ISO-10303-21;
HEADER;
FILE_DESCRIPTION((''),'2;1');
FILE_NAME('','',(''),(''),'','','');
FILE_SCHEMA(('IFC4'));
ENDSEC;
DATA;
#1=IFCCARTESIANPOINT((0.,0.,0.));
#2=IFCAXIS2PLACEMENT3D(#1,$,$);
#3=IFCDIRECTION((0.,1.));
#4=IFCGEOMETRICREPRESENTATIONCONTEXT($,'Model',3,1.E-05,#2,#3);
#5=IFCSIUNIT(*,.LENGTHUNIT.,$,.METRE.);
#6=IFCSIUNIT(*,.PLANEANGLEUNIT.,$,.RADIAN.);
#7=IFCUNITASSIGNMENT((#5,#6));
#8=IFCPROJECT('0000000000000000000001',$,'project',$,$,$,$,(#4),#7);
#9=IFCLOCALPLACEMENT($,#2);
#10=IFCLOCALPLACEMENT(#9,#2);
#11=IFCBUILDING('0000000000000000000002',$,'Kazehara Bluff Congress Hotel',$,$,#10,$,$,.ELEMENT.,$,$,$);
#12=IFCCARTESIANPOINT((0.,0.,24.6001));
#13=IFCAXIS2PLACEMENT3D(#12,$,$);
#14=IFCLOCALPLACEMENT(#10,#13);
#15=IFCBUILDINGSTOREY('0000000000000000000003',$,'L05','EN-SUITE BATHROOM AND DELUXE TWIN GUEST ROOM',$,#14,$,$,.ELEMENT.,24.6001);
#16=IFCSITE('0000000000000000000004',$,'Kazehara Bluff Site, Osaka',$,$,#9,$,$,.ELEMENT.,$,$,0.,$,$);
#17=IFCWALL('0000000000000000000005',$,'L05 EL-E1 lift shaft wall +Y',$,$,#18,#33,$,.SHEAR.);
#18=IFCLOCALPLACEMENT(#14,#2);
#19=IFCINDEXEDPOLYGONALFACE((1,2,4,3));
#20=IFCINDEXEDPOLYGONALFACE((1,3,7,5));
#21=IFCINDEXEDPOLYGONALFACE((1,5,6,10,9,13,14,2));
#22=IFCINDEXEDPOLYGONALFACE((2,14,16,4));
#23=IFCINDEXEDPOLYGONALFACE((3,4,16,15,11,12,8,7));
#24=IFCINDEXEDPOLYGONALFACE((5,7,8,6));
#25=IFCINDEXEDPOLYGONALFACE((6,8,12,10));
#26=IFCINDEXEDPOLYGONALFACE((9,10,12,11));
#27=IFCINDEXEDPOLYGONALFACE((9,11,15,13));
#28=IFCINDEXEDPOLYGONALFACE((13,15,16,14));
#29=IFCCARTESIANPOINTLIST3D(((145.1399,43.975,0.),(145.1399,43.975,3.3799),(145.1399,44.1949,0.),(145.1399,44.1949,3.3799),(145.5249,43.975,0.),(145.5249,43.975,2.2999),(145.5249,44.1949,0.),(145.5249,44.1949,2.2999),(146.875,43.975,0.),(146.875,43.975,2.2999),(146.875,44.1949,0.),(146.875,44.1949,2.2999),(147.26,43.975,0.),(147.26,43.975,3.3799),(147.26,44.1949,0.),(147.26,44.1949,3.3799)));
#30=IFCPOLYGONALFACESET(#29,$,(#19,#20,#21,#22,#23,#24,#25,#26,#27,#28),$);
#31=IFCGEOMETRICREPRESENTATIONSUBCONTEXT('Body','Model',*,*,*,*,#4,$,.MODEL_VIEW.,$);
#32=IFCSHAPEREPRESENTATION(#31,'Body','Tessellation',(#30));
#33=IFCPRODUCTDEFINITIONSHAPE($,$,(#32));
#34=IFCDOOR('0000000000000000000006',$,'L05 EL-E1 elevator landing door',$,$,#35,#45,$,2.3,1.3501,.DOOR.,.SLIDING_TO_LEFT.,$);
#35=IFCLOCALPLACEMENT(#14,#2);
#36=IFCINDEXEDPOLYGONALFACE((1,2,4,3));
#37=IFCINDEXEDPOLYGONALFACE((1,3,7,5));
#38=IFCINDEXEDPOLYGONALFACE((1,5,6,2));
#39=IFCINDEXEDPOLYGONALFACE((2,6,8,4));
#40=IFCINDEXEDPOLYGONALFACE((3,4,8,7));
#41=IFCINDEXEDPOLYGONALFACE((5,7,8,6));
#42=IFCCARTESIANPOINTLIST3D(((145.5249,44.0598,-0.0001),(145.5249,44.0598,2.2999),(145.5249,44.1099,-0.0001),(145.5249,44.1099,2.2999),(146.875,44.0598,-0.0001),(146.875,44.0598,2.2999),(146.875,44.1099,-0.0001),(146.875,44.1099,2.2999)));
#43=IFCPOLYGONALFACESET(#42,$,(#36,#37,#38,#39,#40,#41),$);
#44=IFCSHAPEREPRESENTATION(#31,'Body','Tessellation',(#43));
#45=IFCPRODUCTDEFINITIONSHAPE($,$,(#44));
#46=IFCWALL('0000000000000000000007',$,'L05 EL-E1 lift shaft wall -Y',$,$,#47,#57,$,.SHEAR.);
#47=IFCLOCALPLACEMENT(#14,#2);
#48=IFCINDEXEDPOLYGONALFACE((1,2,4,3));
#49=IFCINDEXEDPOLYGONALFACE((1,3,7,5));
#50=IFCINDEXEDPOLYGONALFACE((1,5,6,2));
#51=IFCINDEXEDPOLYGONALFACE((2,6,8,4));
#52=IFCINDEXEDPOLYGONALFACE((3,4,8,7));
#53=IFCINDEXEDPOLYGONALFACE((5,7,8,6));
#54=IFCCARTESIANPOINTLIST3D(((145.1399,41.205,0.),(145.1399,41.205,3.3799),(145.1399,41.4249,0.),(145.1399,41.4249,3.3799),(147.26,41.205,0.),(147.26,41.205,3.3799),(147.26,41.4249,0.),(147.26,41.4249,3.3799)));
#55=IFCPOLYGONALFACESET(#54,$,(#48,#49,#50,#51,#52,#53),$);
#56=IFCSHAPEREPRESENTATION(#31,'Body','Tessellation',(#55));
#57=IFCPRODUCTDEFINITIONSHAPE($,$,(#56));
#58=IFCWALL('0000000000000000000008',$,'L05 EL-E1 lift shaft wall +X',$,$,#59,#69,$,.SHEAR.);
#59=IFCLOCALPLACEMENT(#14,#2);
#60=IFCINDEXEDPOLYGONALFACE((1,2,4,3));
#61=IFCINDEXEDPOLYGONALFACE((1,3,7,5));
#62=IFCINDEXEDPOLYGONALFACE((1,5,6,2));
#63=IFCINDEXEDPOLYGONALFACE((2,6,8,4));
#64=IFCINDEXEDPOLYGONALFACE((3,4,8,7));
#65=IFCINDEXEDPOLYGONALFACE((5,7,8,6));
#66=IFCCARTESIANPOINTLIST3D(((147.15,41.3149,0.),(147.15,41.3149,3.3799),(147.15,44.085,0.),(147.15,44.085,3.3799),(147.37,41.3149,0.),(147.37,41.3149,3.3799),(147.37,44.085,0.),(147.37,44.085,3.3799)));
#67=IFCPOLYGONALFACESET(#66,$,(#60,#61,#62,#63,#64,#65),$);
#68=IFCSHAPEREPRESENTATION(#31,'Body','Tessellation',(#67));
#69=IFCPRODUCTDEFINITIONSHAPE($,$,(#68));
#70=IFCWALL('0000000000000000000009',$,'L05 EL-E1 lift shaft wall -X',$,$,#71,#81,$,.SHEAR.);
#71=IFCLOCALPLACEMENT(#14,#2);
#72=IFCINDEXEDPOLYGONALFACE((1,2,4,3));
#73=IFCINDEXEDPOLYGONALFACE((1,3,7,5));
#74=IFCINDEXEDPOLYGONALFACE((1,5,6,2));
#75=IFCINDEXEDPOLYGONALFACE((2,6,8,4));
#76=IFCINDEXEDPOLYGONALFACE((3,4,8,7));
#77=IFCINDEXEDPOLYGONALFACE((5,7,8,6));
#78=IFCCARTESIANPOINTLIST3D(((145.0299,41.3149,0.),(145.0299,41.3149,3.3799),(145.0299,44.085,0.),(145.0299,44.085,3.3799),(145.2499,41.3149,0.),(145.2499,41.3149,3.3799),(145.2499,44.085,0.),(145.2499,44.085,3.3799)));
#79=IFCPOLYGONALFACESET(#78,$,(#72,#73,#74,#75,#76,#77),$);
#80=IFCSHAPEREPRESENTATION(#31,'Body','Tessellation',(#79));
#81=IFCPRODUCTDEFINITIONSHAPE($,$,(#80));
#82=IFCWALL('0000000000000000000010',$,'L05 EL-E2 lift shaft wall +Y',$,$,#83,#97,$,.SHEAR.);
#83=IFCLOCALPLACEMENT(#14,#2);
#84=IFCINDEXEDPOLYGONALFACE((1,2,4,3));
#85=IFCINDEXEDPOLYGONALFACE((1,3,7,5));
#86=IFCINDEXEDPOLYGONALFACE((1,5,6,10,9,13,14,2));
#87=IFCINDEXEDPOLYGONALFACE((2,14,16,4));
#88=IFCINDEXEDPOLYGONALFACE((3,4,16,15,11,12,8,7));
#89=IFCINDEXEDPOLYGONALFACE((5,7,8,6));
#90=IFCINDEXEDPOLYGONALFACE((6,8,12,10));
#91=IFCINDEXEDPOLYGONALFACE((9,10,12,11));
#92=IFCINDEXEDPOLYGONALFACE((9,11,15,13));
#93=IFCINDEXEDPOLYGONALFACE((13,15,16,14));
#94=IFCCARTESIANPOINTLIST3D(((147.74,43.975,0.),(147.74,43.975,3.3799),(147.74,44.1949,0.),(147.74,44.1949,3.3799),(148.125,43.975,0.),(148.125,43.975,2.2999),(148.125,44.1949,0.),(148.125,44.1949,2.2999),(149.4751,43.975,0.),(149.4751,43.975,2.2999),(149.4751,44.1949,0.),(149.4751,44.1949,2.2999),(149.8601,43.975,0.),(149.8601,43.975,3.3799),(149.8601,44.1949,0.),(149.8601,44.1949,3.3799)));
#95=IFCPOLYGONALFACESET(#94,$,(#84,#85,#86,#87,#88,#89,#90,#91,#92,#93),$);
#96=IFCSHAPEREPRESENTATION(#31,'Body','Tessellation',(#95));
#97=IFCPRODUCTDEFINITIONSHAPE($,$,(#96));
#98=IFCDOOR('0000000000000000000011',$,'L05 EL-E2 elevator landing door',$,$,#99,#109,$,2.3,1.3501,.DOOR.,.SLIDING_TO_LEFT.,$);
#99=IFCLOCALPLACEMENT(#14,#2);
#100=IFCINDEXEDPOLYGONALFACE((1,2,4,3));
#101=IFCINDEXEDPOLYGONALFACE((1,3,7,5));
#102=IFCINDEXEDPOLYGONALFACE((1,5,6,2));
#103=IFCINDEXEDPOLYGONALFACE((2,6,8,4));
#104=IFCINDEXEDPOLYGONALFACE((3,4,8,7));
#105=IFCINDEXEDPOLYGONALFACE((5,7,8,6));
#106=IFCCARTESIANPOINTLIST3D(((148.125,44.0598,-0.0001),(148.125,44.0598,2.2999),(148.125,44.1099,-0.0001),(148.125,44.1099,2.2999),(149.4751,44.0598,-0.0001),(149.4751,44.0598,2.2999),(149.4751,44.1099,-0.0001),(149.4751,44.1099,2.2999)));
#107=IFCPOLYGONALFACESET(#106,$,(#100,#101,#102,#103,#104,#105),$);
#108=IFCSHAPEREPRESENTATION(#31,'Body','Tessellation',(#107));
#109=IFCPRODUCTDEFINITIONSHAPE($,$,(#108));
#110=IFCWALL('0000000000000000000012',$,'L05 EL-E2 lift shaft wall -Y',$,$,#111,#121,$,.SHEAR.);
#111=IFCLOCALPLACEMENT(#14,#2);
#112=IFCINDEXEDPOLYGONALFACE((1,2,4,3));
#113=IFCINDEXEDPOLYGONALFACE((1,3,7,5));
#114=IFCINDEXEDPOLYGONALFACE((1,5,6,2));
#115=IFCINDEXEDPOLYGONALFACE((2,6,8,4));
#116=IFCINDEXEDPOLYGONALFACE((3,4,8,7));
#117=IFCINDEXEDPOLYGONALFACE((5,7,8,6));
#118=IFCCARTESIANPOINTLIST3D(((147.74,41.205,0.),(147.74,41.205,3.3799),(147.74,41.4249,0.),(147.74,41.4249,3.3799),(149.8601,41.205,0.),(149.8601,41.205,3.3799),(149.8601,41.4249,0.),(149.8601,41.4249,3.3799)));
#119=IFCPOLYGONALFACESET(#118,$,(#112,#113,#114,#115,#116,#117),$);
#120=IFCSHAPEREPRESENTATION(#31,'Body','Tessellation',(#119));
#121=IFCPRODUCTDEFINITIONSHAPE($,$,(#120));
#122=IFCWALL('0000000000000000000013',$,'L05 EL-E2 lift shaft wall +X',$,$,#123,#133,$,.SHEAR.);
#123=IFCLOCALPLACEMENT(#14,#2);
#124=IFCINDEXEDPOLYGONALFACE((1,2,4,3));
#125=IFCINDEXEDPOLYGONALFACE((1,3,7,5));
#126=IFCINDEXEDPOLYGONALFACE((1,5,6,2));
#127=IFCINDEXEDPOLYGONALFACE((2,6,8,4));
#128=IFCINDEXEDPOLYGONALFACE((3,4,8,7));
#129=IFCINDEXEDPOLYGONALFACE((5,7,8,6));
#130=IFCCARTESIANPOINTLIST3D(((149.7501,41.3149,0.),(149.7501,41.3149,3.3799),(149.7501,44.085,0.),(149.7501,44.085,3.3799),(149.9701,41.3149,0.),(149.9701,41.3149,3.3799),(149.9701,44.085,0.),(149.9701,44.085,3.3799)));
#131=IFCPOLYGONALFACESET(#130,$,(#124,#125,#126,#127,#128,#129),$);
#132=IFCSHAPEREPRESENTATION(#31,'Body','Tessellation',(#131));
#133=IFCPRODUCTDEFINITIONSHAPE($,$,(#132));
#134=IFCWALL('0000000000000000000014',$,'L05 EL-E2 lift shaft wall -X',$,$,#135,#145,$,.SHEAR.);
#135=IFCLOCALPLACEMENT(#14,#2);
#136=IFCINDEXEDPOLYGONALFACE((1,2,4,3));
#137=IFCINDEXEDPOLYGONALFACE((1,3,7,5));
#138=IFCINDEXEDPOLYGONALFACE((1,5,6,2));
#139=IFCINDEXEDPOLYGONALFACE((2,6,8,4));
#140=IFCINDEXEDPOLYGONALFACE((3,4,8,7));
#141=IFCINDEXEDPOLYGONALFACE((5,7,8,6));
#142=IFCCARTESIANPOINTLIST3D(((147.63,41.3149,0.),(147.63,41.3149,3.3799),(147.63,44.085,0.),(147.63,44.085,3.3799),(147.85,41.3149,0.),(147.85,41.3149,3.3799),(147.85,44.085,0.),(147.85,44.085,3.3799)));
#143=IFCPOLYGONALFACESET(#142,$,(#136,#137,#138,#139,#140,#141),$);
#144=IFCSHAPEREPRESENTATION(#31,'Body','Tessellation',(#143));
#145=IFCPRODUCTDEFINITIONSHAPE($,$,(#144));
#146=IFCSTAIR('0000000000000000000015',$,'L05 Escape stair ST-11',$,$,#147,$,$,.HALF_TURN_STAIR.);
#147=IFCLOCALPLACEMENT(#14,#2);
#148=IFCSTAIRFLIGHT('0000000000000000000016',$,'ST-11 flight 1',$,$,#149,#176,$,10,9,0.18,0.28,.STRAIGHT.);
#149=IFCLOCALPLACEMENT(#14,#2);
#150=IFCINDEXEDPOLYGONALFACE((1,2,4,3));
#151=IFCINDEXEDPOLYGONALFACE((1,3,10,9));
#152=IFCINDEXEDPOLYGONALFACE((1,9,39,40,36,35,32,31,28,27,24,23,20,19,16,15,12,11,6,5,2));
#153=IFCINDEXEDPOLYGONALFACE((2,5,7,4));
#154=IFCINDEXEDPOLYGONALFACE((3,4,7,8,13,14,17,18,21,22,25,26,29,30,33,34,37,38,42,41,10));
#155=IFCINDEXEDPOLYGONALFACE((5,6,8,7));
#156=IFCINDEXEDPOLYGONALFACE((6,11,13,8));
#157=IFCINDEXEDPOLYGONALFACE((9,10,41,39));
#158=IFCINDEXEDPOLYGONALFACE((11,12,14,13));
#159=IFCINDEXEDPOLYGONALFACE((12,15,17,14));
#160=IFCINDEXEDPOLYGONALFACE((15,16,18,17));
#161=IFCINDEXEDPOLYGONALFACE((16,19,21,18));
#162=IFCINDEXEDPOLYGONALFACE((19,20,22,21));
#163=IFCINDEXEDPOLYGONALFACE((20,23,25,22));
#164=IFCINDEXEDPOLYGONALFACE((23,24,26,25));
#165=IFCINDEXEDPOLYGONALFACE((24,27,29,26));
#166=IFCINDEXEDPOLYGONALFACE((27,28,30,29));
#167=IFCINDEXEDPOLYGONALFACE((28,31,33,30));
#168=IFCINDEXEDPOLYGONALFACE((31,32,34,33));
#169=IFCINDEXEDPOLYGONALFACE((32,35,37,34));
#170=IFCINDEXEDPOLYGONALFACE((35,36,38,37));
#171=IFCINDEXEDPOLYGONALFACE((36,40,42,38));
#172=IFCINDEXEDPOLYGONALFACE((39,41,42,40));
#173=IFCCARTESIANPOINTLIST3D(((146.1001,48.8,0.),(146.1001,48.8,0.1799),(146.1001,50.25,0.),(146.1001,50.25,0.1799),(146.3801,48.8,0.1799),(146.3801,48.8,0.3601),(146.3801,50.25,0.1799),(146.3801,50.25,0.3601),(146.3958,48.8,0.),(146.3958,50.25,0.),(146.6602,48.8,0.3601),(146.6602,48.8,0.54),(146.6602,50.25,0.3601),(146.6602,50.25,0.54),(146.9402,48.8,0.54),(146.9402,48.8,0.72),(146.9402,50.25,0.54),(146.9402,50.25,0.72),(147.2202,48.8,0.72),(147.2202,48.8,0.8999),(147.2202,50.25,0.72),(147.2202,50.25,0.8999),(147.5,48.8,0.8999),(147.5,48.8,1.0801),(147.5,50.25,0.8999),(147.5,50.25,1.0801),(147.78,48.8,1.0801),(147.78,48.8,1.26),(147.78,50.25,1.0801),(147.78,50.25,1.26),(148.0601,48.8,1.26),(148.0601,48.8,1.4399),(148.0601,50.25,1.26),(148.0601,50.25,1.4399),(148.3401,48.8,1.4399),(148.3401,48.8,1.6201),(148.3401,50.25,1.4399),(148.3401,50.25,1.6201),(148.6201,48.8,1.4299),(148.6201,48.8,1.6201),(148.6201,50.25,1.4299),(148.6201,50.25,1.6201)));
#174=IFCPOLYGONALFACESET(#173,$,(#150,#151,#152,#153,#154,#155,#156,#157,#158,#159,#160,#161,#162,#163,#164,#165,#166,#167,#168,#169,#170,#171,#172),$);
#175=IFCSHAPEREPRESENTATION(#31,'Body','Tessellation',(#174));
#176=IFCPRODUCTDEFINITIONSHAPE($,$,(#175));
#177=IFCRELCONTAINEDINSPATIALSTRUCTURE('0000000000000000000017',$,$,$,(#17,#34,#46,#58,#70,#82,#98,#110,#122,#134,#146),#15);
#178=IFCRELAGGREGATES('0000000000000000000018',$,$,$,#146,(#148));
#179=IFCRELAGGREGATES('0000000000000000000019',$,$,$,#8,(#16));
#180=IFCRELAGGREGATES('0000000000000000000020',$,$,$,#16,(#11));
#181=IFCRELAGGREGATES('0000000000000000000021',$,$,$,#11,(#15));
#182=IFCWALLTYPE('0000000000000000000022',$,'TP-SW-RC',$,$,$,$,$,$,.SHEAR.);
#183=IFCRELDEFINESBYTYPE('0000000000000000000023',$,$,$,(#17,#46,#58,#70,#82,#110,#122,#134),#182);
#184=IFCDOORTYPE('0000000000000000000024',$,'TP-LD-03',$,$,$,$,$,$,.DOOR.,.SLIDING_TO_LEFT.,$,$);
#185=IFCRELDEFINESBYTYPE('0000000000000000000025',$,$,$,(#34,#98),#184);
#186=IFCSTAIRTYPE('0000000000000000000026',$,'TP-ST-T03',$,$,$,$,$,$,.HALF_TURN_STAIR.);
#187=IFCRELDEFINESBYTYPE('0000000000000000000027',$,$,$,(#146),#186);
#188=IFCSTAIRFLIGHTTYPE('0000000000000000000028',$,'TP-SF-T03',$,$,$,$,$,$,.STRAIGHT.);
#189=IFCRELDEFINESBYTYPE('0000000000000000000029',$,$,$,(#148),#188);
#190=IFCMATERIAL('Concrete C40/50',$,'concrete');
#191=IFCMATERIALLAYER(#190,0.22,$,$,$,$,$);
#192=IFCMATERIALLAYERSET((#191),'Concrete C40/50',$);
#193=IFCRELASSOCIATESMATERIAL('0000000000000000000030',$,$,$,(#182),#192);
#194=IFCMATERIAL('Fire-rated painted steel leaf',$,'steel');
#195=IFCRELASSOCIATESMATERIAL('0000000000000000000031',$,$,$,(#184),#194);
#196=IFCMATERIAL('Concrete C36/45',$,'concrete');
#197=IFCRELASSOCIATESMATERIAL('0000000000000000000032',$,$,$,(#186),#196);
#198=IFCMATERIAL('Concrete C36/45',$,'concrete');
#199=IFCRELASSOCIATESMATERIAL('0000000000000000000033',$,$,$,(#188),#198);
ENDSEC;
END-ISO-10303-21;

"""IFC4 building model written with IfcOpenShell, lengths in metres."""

from ifc_helpers import new_model, si_unit, direction, frame, frame_2d, origin, place, context, subcontext, project, spatial, polyline, rectangle, outline, extrude, material, layer, layer_set, type_object, element, fill, aggregate, save


model = new_model("IFC4")

# Units and contexts
model_context = context("Model", 3, precision=1e-05, world=origin(), true_north=direction((0.0, 1.0)))
body_context = subcontext(model_context, "Body", "Model", "MODEL_VIEW")
ifc_project = project(units=[si_unit("LENGTHUNIT", "METRE"), si_unit("PLANEANGLEUNIT", "RADIAN")], contexts=[model_context])

# Site, building, storey
site_placement = place(None, origin())
site = spatial("IfcSite", under=ifc_project, at=site_placement, Name="Kazehara Bluff Site, Osaka", CompositionType="ELEMENT", RefElevation=0.0)
building_placement = place(site_placement, origin())
building = spatial("IfcBuilding", under=site, at=building_placement, Name="Kazehara Bluff Congress Hotel", CompositionType="ELEMENT")
storey_placement = place(building_placement, frame((0.0, 0.0, 24.6001)))
storey = spatial("IfcBuildingStorey", under=building, at=storey_placement, Name="L05", Description="EN-SUITE BATHROOM AND DELUXE TWIN GUEST ROOM", CompositionType="ELEMENT", Elevation=24.6001)

# Wall, opening, door
ifc_material_1 = material(Name="Concrete C40/50", Category="concrete")
ifc_layer_1 = layer(ifc_material_1, 0.22)
ifc_layer_set_1 = layer_set([ifc_layer_1], Name="Concrete C40/50")
wall_type_1 = type_object("IfcWallType", Name="TP-SW-RC", PredefinedType="SHEAR", material=ifc_layer_set_1)
wall_1_placement = place(storey_placement, frame((145.1399, 44.085, 0.0), z_axis=(0.0, 0.0, 1.0), x_axis=(1.0, 0.0, 0.0)))
wall_1 = element("IfcWall", 1, at=wall_1_placement, inside=storey, type_object=wall_type_1, Name="L05 EL-E1 lift shaft wall +Y", PredefinedType="SHEAR", context=body_context, shape_type="SweptSolid", body=[
    extrude(rectangle(XDim=2.1201, YDim=0.22, at=frame_2d((1.0601, 0.0))), origin(), (0.0, 0.0, 1.0), 3.3799),
])
opening_1_placement = place(wall_1_placement, frame((0.385, 0.0, 0.0)))
opening_1 = element("IfcOpeningElement", 2, at=opening_1_placement, cuts=wall_1, PredefinedType="OPENING", context=body_context, shape_type="SweptSolid", body=[
    extrude(rectangle(XDim=1.3501, YDim=2.3, at=frame_2d((0.675, 1.1499))), frame((0.0, 0.1199, 0.0), z_axis=(0.0, -1.0, 0.0), x_axis=(1.0, 0.0, 0.0)), (0.0, 0.0, 1.0), 0.24),
])
ifc_material_2 = material(Name="Fire-rated painted steel leaf", Category="steel")
door_type_1 = type_object("IfcDoorType", Name="TP-LD-03", OperationType="SLIDING_TO_LEFT", PredefinedType="DOOR", material=ifc_material_2)
door_1_placement = place(opening_1_placement, origin())
door_1 = element("IfcDoor", 3, at=door_1_placement, inside=storey, type_object=door_type_1, Name="L05 EL-E1 elevator landing door", OperationType="SLIDING_TO_LEFT", OverallHeight=2.3, OverallWidth=1.3501, PredefinedType="DOOR", context=body_context, shape_type="SweptSolid", body=[
    extrude(rectangle(XDim=1.3501, YDim=2.3, at=frame_2d((0.675, 1.1499))), frame((0.0, 0.0249, 0.0), z_axis=(0.0, -1.0, 0.0), x_axis=(1.0, 0.0, 0.0)), (0.0, 0.0, 1.0), 0.05),
])
fill(opening_1, door_1)

# Walls
wall_2_placement = place(storey_placement, frame((145.1399, 41.3149, 0.0), z_axis=(0.0, 0.0, 1.0), x_axis=(1.0, 0.0, 0.0)))
element("IfcWall", 4, at=wall_2_placement, inside=storey, type_object=wall_type_1, Name="L05 EL-E1 lift shaft wall -Y", PredefinedType="SHEAR", context=body_context, shape_type="SweptSolid", body=[
    extrude(rectangle(XDim=2.1201, YDim=0.22, at=frame_2d((1.0601, 0.0))), origin(), (0.0, 0.0, 1.0), 3.3799),
])
for number, where, z_axis, x_axis, name in (
    (5, (147.26, 41.3149, 0.0), (0.0, 0.0, 1.0), (0.0, 1.0, 0.0), "L05 EL-E1 lift shaft wall +X"),
    (6, (145.1399, 41.3149, 0.0), (0.0, 0.0, 1.0), (0.0, 1.0, 0.0), "L05 EL-E1 lift shaft wall -X"),
):
    element("IfcWall", number, at=place(storey_placement, frame(where, z_axis=z_axis, x_axis=x_axis)), inside=storey, type_object=wall_type_1, Name=name, PredefinedType="SHEAR", context=body_context, shape_type="SweptSolid", body=[
        extrude(rectangle(XDim=2.77, YDim=0.22, at=frame_2d((1.385, 0.0))), origin(), (0.0, 0.0, 1.0), 3.3799),
    ])

# Wall, opening, door
wall_3_placement = place(storey_placement, frame((147.74, 44.085, 0.0), z_axis=(0.0, 0.0, 1.0), x_axis=(1.0, 0.0, 0.0)))
wall_3 = element("IfcWall", 7, at=wall_3_placement, inside=storey, type_object=wall_type_1, Name="L05 EL-E2 lift shaft wall +Y", PredefinedType="SHEAR", context=body_context, shape_type="SweptSolid", body=[
    extrude(rectangle(XDim=2.1201, YDim=0.22, at=frame_2d((1.0601, 0.0))), origin(), (0.0, 0.0, 1.0), 3.3799),
])
opening_2_placement = place(wall_3_placement, frame((0.385, 0.0, 0.0)))
opening_2 = element("IfcOpeningElement", 8, at=opening_2_placement, cuts=wall_3, PredefinedType="OPENING", context=body_context, shape_type="SweptSolid", body=[
    extrude(rectangle(XDim=1.3501, YDim=2.3, at=frame_2d((0.675, 1.1499))), frame((0.0, 0.1199, 0.0), z_axis=(0.0, -1.0, 0.0), x_axis=(1.0, 0.0, 0.0)), (0.0, 0.0, 1.0), 0.24),
])
door_2_placement = place(opening_2_placement, origin())
door_2 = element("IfcDoor", 9, at=door_2_placement, inside=storey, type_object=door_type_1, Name="L05 EL-E2 elevator landing door", OperationType="SLIDING_TO_LEFT", OverallHeight=2.3, OverallWidth=1.3501, PredefinedType="DOOR", context=body_context, shape_type="SweptSolid", body=[
    extrude(rectangle(XDim=1.3501, YDim=2.3, at=frame_2d((0.675, 1.1499))), frame((0.0, 0.0249, 0.0), z_axis=(0.0, -1.0, 0.0), x_axis=(1.0, 0.0, 0.0)), (0.0, 0.0, 1.0), 0.05),
])
fill(opening_2, door_2)

# Walls
wall_4_placement = place(storey_placement, frame((147.74, 41.3149, 0.0), z_axis=(0.0, 0.0, 1.0), x_axis=(1.0, 0.0, 0.0)))
element("IfcWall", 10, at=wall_4_placement, inside=storey, type_object=wall_type_1, Name="L05 EL-E2 lift shaft wall -Y", PredefinedType="SHEAR", context=body_context, shape_type="SweptSolid", body=[
    extrude(rectangle(XDim=2.1201, YDim=0.22, at=frame_2d((1.0601, 0.0))), origin(), (0.0, 0.0, 1.0), 3.3799),
])
for number, where, z_axis, x_axis, name in (
    (11, (149.8601, 41.3149, 0.0), (0.0, 0.0, 1.0), (0.0, 1.0, 0.0), "L05 EL-E2 lift shaft wall +X"),
    (12, (147.74, 41.3149, 0.0), (0.0, 0.0, 1.0), (0.0, 1.0, 0.0), "L05 EL-E2 lift shaft wall -X"),
):
    element("IfcWall", number, at=place(storey_placement, frame(where, z_axis=z_axis, x_axis=x_axis)), inside=storey, type_object=wall_type_1, Name=name, PredefinedType="SHEAR", context=body_context, shape_type="SweptSolid", body=[
        extrude(rectangle(XDim=2.77, YDim=0.22, at=frame_2d((1.385, 0.0))), origin(), (0.0, 0.0, 1.0), 3.3799),
    ])

# Stair, stair flight
ifc_material_3 = material(Name="Concrete C36/45", Category="concrete")
stair_type = type_object("IfcStairType", Name="TP-ST-T03", PredefinedType="HALF_TURN_STAIR", material=ifc_material_3)
stair_placement = place(storey_placement, origin())
stair = element("IfcStair", 13, at=stair_placement, inside=storey, type_object=stair_type, Name="L05 Escape stair ST-11", PredefinedType="HALF_TURN_STAIR")
ifc_material_4 = material(Name="Concrete C36/45", Category="concrete")
stair_flight_type = type_object("IfcStairFlightType", Name="TP-SF-T03", PredefinedType="STRAIGHT", material=ifc_material_4)
stair_flight_1_placement = place(storey_placement, frame((146.1001, 49.5249, 0.0), z_axis=(0.0, 0.0, 1.0), x_axis=(1.0, 0.0, 0.0)))
stair_flight_1 = element("IfcStairFlight", 14, at=stair_flight_1_placement, type_object=stair_flight_type, Name="ST-11 flight 1", NumberOfRisers=10, NumberOfTreads=9, PredefinedType="STRAIGHT", RiserHeight=0.18, TreadLength=0.28, context=body_context, shape_type="SweptSolid", body=[
    extrude(outline(polyline([(0.0, 0.0), (0.0, 0.1799), (0.28, 0.1799), (0.28, 0.3601), (0.5601, 0.3601), (0.5601, 0.54), (0.8401, 0.54), (0.8401, 0.72), (1.1201, 0.72), (1.1201, 0.8999), (1.3999, 0.8999), (1.3999, 1.0801), (1.6799, 1.0801), (1.6799, 1.26), (1.96, 1.26), (1.96, 1.4399), (2.24, 1.4399), (2.24, 1.6201), (2.52, 1.6201), (2.52, 1.8), (2.52, 1.4299), (0.2957, 0.0), (0.0, 0.0)])), frame((0.0, 0.7251, 0.0), z_axis=(0.0, -1.0, 0.0), x_axis=(1.0, 0.0, 0.0)), (0.0, 0.0, 1.0), 1.45),
])
aggregate(stair, [stair_flight_1])

save(model, "model.ifc")
